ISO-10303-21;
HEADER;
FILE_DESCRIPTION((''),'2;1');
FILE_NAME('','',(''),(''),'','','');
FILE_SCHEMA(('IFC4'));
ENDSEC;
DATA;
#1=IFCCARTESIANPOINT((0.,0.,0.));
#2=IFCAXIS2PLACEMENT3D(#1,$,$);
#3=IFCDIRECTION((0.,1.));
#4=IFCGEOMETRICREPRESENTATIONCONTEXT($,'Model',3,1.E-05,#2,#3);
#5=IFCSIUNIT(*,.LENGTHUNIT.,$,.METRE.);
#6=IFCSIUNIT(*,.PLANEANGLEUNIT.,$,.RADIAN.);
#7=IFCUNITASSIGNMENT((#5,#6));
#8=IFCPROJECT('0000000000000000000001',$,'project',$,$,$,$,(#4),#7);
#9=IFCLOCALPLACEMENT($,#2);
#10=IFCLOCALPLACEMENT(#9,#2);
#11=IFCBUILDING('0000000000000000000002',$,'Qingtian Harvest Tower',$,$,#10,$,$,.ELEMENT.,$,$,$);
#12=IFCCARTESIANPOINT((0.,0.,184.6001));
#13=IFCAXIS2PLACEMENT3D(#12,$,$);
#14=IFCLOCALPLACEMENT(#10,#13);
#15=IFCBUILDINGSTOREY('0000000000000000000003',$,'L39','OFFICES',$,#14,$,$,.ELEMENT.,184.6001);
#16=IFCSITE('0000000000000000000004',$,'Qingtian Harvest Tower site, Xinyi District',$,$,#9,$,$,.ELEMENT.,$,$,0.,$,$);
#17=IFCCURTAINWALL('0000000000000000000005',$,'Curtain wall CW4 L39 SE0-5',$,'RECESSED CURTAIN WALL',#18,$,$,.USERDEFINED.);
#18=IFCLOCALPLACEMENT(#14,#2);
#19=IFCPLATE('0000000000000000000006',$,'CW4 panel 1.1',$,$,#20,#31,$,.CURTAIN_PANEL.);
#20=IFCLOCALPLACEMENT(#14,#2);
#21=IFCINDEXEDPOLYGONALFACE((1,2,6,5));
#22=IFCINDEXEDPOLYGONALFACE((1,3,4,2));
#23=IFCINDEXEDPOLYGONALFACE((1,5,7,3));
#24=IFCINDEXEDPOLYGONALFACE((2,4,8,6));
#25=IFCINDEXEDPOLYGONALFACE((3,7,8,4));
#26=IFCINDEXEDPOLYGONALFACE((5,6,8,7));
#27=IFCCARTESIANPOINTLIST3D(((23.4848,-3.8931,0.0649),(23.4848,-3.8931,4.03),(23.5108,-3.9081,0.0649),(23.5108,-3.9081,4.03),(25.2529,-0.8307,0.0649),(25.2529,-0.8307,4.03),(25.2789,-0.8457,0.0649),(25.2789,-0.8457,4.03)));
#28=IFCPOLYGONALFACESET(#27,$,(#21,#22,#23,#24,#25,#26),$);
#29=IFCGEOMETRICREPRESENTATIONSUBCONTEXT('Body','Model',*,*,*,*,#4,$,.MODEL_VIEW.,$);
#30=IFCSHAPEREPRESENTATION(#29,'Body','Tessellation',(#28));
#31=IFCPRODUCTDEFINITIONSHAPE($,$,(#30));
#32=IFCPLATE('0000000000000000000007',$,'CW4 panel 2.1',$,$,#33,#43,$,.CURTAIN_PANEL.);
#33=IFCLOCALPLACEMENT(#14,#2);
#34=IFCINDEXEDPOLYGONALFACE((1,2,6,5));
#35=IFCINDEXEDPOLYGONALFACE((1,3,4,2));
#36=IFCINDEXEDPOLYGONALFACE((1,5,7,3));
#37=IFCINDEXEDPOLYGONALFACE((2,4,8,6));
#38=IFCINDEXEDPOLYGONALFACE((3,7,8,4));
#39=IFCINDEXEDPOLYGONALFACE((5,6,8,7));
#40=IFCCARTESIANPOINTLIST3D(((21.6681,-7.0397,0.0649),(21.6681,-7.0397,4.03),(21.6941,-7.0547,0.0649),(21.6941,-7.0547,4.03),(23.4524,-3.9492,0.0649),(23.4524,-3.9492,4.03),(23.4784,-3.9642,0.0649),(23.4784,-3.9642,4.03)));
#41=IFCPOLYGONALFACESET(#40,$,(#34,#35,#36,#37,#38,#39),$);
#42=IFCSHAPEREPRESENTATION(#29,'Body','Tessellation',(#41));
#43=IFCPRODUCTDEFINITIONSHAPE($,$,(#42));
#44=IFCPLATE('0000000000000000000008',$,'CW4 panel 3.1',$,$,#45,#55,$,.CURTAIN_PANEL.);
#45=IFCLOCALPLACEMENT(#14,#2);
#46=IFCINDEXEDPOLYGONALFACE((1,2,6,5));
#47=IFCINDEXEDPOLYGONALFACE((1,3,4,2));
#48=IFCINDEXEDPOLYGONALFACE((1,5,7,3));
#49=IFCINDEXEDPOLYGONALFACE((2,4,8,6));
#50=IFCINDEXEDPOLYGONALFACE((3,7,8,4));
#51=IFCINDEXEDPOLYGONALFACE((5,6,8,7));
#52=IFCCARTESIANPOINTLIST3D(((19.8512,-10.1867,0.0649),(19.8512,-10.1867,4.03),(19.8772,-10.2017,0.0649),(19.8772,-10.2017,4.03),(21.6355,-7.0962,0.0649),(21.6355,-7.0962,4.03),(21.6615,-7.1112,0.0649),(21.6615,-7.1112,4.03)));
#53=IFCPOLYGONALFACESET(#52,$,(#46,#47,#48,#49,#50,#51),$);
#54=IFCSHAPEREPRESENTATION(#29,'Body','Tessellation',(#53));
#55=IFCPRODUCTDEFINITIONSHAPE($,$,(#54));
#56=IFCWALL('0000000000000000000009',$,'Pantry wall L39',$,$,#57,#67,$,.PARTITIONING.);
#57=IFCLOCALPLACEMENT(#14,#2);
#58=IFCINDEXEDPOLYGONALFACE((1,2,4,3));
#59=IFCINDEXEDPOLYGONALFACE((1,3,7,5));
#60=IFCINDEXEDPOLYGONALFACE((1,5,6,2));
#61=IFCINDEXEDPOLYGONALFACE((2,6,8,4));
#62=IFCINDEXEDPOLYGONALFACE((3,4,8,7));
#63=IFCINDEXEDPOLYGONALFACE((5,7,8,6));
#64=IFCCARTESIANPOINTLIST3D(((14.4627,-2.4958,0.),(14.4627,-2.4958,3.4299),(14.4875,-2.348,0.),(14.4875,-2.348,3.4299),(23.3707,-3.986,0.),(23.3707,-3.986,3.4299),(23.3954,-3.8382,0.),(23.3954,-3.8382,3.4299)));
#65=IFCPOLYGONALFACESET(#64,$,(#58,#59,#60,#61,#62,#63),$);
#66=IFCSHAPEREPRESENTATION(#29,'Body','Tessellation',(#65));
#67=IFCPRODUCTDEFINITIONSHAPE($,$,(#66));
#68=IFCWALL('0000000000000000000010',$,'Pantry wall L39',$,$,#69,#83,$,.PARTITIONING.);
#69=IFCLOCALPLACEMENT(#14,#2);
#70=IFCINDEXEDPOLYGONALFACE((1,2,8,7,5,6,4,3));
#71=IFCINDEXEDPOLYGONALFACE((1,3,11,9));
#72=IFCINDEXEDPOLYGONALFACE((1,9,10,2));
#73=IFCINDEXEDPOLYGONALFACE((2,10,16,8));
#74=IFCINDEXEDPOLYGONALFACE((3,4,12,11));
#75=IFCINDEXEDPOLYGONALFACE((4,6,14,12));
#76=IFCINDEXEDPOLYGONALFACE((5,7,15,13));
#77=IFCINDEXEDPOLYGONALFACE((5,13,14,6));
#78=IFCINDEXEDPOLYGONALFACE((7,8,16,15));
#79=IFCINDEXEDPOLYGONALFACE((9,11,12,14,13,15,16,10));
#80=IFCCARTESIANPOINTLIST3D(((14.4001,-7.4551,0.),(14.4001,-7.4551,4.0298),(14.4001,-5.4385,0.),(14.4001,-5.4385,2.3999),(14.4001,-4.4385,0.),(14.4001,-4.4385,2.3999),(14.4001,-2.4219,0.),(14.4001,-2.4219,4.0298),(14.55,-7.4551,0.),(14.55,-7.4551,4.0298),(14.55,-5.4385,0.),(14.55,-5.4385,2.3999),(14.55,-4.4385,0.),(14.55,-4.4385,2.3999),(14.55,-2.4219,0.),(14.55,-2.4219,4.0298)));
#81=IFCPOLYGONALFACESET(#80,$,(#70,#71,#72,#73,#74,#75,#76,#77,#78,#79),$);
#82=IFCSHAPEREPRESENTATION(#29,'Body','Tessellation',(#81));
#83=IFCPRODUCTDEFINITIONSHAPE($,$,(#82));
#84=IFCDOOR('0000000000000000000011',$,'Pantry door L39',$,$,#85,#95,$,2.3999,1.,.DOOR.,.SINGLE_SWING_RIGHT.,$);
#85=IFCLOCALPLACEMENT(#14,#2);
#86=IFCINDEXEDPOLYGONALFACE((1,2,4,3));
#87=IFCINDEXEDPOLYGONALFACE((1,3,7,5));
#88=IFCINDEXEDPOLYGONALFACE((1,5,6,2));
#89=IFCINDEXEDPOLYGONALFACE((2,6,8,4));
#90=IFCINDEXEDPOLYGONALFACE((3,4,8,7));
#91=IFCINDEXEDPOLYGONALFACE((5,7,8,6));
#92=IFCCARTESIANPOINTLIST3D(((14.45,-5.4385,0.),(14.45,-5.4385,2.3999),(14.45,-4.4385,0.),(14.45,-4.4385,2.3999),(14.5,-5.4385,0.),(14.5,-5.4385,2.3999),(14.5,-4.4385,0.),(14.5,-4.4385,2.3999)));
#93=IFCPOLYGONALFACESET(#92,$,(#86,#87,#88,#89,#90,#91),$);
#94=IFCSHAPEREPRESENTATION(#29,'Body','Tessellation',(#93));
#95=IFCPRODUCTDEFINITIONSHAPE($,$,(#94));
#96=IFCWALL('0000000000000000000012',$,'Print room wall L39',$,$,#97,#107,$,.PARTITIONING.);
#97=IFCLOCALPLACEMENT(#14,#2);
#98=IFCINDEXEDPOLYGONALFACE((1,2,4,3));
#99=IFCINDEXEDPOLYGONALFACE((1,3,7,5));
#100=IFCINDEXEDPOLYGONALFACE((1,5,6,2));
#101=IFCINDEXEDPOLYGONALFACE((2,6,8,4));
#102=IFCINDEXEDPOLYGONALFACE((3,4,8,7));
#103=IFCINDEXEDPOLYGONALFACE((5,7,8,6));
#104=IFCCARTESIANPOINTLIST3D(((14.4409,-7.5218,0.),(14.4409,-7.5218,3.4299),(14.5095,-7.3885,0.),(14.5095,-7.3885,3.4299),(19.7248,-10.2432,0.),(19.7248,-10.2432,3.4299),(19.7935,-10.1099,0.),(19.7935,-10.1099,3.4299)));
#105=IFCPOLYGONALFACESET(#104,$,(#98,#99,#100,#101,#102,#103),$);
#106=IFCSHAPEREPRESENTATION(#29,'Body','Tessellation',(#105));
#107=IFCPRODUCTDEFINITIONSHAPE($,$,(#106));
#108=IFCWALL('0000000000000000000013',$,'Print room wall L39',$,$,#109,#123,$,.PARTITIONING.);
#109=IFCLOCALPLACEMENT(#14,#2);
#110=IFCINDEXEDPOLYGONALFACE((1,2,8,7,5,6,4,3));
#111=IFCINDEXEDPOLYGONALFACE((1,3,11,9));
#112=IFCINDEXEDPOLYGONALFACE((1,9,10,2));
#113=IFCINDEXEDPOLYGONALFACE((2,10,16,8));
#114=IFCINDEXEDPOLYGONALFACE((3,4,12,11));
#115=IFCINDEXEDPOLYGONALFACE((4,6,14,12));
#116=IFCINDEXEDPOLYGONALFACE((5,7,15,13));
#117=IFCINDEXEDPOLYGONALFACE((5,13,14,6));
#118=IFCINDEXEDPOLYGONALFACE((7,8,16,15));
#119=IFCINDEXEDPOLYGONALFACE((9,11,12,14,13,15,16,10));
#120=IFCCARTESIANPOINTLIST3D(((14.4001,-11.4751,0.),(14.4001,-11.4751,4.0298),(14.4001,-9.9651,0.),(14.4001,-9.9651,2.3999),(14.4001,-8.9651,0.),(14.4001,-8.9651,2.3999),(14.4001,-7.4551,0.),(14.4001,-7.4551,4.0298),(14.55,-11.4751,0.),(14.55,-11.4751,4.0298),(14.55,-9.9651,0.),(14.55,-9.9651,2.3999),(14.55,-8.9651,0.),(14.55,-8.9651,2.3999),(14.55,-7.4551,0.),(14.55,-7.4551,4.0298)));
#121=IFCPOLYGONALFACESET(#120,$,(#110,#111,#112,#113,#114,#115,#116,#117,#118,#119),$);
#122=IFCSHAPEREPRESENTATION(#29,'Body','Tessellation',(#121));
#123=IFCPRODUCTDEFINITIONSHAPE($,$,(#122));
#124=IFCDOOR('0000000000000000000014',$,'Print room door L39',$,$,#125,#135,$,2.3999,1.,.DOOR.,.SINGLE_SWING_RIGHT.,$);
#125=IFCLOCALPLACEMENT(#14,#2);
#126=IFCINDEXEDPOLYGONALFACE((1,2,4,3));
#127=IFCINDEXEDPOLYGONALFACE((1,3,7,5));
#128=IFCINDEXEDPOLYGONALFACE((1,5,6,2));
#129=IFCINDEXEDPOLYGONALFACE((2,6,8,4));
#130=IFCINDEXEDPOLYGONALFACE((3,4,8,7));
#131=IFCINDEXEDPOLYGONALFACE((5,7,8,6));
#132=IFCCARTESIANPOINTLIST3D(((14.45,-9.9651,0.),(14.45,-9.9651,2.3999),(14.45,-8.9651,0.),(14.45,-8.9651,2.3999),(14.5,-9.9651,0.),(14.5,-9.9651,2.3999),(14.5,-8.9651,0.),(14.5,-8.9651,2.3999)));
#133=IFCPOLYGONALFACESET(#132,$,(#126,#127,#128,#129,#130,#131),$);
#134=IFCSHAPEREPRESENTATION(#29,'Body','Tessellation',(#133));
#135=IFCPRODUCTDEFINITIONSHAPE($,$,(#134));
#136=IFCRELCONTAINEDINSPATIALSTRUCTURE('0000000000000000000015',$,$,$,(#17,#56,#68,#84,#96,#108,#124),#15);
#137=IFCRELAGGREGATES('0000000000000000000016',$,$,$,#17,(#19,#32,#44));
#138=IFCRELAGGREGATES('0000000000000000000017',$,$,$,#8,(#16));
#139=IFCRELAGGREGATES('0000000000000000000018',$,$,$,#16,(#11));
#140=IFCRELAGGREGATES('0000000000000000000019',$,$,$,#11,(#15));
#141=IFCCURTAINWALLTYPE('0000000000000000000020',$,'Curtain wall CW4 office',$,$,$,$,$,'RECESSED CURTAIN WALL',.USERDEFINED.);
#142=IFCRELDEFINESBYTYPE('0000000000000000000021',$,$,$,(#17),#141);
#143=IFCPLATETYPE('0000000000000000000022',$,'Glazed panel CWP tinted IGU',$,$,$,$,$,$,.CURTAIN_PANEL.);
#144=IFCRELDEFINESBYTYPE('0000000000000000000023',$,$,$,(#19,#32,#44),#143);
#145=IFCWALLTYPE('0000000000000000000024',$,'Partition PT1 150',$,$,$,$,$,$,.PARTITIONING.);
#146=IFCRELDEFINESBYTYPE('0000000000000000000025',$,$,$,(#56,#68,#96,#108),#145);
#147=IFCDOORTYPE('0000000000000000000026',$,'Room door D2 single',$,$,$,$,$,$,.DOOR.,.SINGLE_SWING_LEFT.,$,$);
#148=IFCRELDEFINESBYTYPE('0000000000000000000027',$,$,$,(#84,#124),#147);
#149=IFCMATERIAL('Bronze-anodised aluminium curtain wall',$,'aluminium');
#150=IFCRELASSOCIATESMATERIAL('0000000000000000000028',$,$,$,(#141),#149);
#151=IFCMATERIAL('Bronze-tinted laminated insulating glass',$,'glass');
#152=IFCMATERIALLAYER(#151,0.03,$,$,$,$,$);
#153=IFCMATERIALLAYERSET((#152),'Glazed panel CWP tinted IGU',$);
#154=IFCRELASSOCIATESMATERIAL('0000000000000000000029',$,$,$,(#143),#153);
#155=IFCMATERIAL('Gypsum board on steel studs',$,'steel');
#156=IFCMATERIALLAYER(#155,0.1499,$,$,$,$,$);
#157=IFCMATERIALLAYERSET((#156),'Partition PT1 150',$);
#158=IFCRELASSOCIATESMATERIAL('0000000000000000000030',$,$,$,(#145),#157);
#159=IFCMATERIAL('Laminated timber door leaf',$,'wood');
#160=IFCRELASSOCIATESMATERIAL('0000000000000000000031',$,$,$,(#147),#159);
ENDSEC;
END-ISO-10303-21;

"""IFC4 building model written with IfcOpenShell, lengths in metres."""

from ifc_helpers import new_model, si_unit, direction, frame, frame_2d, origin, origin_2d, place, context, subcontext, project, spatial, rectangle, extrude, material, layer, layer_set, type_object, element, fill, aggregate, save


model = new_model("IFC4")

# Units and contexts
model_context = context("Model", 3, precision=1e-05, world=origin(), true_north=direction((0.0, 1.0)))
body_context = subcontext(model_context, "Body", "Model", "MODEL_VIEW")
ifc_project = project(units=[si_unit("LENGTHUNIT", "METRE"), si_unit("PLANEANGLEUNIT", "RADIAN")], contexts=[model_context])

# Site, building, storey
site_placement = place(None, origin())
site = spatial("IfcSite", under=ifc_project, at=site_placement, Name="Qingtian Harvest Tower site, Xinyi District", CompositionType="ELEMENT", RefElevation=0.0)
building_placement = place(site_placement, origin())
building = spatial("IfcBuilding", under=site, at=building_placement, Name="Qingtian Harvest Tower", CompositionType="ELEMENT")
storey_placement = place(building_placement, frame((0.0, 0.0, 184.6001)))
storey = spatial("IfcBuildingStorey", under=building, at=storey_placement, Name="L39", Description="OFFICES", CompositionType="ELEMENT", Elevation=184.6001)

# Shared definitions
ifc_material_1 = material(Name="Bronze-anodised aluminium curtain wall", Category="aluminium")
curtain_wall_type = type_object("IfcCurtainWallType", Name="Curtain wall CW4 office", ElementType="RECESSED CURTAIN WALL", PredefinedType="USERDEFINED", material=ifc_material_1)

# Curtain wall
curtain_wall_1_placement = place(storey_placement, origin())
curtain_wall_1 = element("IfcCurtainWall", 1, at=curtain_wall_1_placement, inside=storey, type_object=curtain_wall_type, Name="Curtain wall CW4 L39 SE0-5", ObjectType="RECESSED CURTAIN WALL", PredefinedType="USERDEFINED")

# Plates
ifc_material_2 = material(Name="Bronze-tinted laminated insulating glass", Category="glass")
ifc_layer_1 = layer(ifc_material_2, 0.03)
ifc_layer_set_1 = layer_set([ifc_layer_1], Name="Glazed panel CWP tinted IGU")
plate_type = type_object("IfcPlateType", Name="Glazed panel CWP tinted IGU", PredefinedType="CURTAIN_PANEL", material=ifc_layer_set_1)
plate_1_placement = place(storey_placement, frame((24.3818, -2.3694, 0.0649), z_axis=(0.0, 0.0, 1.0), x_axis=(-0.5, -0.866025, 0.0)))
plate_1 = element("IfcPlate", 2, at=plate_1_placement, type_object=plate_type, Name="CW4 panel 1.1", PredefinedType="CURTAIN_PANEL", context=body_context, shape_type="SweptSolid", body=[
    extrude(rectangle(XDim=3.5361, YDim=0.03, at=origin_2d()), origin(), (0.0, 0.0, 1.0), 3.9651),
])
plate_2_placement = place(storey_placement, frame((22.5732, -5.502, 0.0649), z_axis=(0.0, 0.0, 1.0), x_axis=(-0.5, -0.866025, 0.0)))
plate_2 = element("IfcPlate", 3, at=plate_2_placement, type_object=plate_type, Name="CW4 panel 2.1", PredefinedType="CURTAIN_PANEL", context=body_context, shape_type="SweptSolid", body=[
    extrude(rectangle(XDim=3.5686, YDim=0.03, at=origin_2d()), origin(), (0.0, 0.0, 1.0), 3.9651),
])
plate_3_placement = place(storey_placement, frame((20.7563, -8.6489, 0.0649), z_axis=(0.0, 0.0, 1.0), x_axis=(-0.5, -0.866025, 0.0)))
plate_3 = element("IfcPlate", 4, at=plate_3_placement, type_object=plate_type, Name="CW4 panel 3.1", PredefinedType="CURTAIN_PANEL", context=body_context, shape_type="SweptSolid", body=[
    extrude(rectangle(XDim=3.5686, YDim=0.03, at=origin_2d()), origin(), (0.0, 0.0, 1.0), 3.9651),
])
aggregate(curtain_wall_1, [plate_1, plate_2, plate_3])

# Wall
ifc_material_3 = material(Name="Gypsum board on steel studs", Category="steel")
ifc_layer_2 = layer(ifc_material_3, 0.1499)
ifc_layer_set_2 = layer_set([ifc_layer_2], Name="Partition PT1 150")
wall_type = type_object("IfcWallType", Name="Partition PT1 150", PredefinedType="PARTITIONING", material=ifc_layer_set_2)
wall_1_placement = place(storey_placement, frame((23.3831, -3.9121, 0.0), z_axis=(0.0, 0.0, 1.0), x_axis=(-0.986294, 0.164999, 0.0)))
element("IfcWall", 5, at=wall_1_placement, inside=storey, type_object=wall_type, Name="Pantry wall L39", PredefinedType="PARTITIONING", context=body_context, shape_type="SweptSolid", body=[
    extrude(rectangle(XDim=9.0317, YDim=0.1499, at=frame_2d((4.5159, 0.0))), origin(), (0.0, 0.0, 1.0), 3.4299),
])

# Wall, opening, door
wall_2_placement = place(storey_placement, frame((14.4751, -2.4219, 0.0), z_axis=(0.0, 0.0, 1.0), x_axis=(0.0, -1.0, 0.0)))
wall_2 = element("IfcWall", 6, at=wall_2_placement, inside=storey, type_object=wall_type, Name="Pantry wall L39", PredefinedType="PARTITIONING", context=body_context, shape_type="SweptSolid", body=[
    extrude(rectangle(XDim=5.0332, YDim=0.1499, at=frame_2d((2.5166, 0.0))), origin(), (0.0, 0.0, 1.0), 4.0298),
])
opening_1_placement = place(wall_2_placement, frame((2.0166, 0.0, 0.0)))
opening_1 = element("IfcOpeningElement", 7, at=opening_1_placement, cuts=wall_2, PredefinedType="OPENING", context=body_context, shape_type="SweptSolid", body=[
    extrude(rectangle(XDim=1.0, YDim=2.3999, at=frame_2d((0.5, 1.2))), frame((0.0, 0.085, 0.0), z_axis=(0.0, -1.0, 0.0), x_axis=(1.0, 0.0, 0.0)), (0.0, 0.0, 1.0), 0.1699),
])
ifc_material_4 = material(Name="Laminated timber door leaf", Category="wood")
door_type = type_object("IfcDoorType", Name="Room door D2 single", OperationType="SINGLE_SWING_LEFT", PredefinedType="DOOR", material=ifc_material_4)
door_1_placement = place(opening_1_placement, origin())
door_1 = element("IfcDoor", 8, at=door_1_placement, inside=storey, type_object=door_type, Name="Pantry door L39", OperationType="SINGLE_SWING_RIGHT", OverallHeight=2.3999, OverallWidth=1.0, PredefinedType="DOOR", context=body_context, shape_type="SweptSolid", body=[
    extrude(rectangle(XDim=1.0, YDim=2.3999, at=frame_2d((0.5, 1.2))), frame((0.0, 0.0249, 0.0), z_axis=(0.0, -1.0, 0.0), x_axis=(1.0, 0.0, 0.0)), (0.0, 0.0, 1.0), 0.05),
])
fill(opening_1, door_1)

# Wall
wall_3_placement = place(storey_placement, frame((19.759, -10.1765, 0.0), z_axis=(0.0, 0.0, 1.0), x_axis=(-0.889015, 0.457878, 0.0)))
element("IfcWall", 9, at=wall_3_placement, inside=storey, type_object=wall_type, Name="Print room wall L39", PredefinedType="PARTITIONING", context=body_context, shape_type="SweptSolid", body=[
    extrude(rectangle(XDim=5.9436, YDim=0.1499, at=frame_2d((2.9717, 0.0))), origin(), (0.0, 0.0, 1.0), 3.4299),
])

# Wall, opening, door
wall_4_placement = place(storey_placement, frame((14.4751, -7.4551, 0.0), z_axis=(0.0, 0.0, 1.0), x_axis=(0.0, -1.0, 0.0)))
wall_4 = element("IfcWall", 10, at=wall_4_placement, inside=storey, type_object=wall_type, Name="Print room wall L39", PredefinedType="PARTITIONING", context=body_context, shape_type="SweptSolid", body=[
    extrude(rectangle(XDim=4.02, YDim=0.1499, at=frame_2d((2.01, 0.0))), origin(), (0.0, 0.0, 1.0), 4.0298),
])
opening_2_placement = place(wall_4_placement, frame((1.51, 0.0, 0.0)))
opening_2 = element("IfcOpeningElement", 11, at=opening_2_placement, cuts=wall_4, PredefinedType="OPENING", context=body_context, shape_type="SweptSolid", body=[
    extrude(rectangle(XDim=1.0, YDim=2.3999, at=frame_2d((0.5, 1.2))), frame((0.0, 0.085, 0.0), z_axis=(0.0, -1.0, 0.0), x_axis=(1.0, 0.0, 0.0)), (0.0, 0.0, 1.0), 0.1699),
])
door_2_placement = place(opening_2_placement, origin())
door_2 = element("IfcDoor", 12, at=door_2_placement, inside=storey, type_object=door_type, Name="Print room door L39", OperationType="SINGLE_SWING_RIGHT", OverallHeight=2.3999, OverallWidth=1.0, PredefinedType="DOOR", context=body_context, shape_type="SweptSolid", body=[
    extrude(rectangle(XDim=1.0, YDim=2.3999, at=frame_2d((0.5, 1.2))), frame((0.0, 0.0249, 0.0), z_axis=(0.0, -1.0, 0.0), x_axis=(1.0, 0.0, 0.0)), (0.0, 0.0, 1.0), 0.05),
])
fill(opening_2, door_2)

save(model, "model.ifc")
